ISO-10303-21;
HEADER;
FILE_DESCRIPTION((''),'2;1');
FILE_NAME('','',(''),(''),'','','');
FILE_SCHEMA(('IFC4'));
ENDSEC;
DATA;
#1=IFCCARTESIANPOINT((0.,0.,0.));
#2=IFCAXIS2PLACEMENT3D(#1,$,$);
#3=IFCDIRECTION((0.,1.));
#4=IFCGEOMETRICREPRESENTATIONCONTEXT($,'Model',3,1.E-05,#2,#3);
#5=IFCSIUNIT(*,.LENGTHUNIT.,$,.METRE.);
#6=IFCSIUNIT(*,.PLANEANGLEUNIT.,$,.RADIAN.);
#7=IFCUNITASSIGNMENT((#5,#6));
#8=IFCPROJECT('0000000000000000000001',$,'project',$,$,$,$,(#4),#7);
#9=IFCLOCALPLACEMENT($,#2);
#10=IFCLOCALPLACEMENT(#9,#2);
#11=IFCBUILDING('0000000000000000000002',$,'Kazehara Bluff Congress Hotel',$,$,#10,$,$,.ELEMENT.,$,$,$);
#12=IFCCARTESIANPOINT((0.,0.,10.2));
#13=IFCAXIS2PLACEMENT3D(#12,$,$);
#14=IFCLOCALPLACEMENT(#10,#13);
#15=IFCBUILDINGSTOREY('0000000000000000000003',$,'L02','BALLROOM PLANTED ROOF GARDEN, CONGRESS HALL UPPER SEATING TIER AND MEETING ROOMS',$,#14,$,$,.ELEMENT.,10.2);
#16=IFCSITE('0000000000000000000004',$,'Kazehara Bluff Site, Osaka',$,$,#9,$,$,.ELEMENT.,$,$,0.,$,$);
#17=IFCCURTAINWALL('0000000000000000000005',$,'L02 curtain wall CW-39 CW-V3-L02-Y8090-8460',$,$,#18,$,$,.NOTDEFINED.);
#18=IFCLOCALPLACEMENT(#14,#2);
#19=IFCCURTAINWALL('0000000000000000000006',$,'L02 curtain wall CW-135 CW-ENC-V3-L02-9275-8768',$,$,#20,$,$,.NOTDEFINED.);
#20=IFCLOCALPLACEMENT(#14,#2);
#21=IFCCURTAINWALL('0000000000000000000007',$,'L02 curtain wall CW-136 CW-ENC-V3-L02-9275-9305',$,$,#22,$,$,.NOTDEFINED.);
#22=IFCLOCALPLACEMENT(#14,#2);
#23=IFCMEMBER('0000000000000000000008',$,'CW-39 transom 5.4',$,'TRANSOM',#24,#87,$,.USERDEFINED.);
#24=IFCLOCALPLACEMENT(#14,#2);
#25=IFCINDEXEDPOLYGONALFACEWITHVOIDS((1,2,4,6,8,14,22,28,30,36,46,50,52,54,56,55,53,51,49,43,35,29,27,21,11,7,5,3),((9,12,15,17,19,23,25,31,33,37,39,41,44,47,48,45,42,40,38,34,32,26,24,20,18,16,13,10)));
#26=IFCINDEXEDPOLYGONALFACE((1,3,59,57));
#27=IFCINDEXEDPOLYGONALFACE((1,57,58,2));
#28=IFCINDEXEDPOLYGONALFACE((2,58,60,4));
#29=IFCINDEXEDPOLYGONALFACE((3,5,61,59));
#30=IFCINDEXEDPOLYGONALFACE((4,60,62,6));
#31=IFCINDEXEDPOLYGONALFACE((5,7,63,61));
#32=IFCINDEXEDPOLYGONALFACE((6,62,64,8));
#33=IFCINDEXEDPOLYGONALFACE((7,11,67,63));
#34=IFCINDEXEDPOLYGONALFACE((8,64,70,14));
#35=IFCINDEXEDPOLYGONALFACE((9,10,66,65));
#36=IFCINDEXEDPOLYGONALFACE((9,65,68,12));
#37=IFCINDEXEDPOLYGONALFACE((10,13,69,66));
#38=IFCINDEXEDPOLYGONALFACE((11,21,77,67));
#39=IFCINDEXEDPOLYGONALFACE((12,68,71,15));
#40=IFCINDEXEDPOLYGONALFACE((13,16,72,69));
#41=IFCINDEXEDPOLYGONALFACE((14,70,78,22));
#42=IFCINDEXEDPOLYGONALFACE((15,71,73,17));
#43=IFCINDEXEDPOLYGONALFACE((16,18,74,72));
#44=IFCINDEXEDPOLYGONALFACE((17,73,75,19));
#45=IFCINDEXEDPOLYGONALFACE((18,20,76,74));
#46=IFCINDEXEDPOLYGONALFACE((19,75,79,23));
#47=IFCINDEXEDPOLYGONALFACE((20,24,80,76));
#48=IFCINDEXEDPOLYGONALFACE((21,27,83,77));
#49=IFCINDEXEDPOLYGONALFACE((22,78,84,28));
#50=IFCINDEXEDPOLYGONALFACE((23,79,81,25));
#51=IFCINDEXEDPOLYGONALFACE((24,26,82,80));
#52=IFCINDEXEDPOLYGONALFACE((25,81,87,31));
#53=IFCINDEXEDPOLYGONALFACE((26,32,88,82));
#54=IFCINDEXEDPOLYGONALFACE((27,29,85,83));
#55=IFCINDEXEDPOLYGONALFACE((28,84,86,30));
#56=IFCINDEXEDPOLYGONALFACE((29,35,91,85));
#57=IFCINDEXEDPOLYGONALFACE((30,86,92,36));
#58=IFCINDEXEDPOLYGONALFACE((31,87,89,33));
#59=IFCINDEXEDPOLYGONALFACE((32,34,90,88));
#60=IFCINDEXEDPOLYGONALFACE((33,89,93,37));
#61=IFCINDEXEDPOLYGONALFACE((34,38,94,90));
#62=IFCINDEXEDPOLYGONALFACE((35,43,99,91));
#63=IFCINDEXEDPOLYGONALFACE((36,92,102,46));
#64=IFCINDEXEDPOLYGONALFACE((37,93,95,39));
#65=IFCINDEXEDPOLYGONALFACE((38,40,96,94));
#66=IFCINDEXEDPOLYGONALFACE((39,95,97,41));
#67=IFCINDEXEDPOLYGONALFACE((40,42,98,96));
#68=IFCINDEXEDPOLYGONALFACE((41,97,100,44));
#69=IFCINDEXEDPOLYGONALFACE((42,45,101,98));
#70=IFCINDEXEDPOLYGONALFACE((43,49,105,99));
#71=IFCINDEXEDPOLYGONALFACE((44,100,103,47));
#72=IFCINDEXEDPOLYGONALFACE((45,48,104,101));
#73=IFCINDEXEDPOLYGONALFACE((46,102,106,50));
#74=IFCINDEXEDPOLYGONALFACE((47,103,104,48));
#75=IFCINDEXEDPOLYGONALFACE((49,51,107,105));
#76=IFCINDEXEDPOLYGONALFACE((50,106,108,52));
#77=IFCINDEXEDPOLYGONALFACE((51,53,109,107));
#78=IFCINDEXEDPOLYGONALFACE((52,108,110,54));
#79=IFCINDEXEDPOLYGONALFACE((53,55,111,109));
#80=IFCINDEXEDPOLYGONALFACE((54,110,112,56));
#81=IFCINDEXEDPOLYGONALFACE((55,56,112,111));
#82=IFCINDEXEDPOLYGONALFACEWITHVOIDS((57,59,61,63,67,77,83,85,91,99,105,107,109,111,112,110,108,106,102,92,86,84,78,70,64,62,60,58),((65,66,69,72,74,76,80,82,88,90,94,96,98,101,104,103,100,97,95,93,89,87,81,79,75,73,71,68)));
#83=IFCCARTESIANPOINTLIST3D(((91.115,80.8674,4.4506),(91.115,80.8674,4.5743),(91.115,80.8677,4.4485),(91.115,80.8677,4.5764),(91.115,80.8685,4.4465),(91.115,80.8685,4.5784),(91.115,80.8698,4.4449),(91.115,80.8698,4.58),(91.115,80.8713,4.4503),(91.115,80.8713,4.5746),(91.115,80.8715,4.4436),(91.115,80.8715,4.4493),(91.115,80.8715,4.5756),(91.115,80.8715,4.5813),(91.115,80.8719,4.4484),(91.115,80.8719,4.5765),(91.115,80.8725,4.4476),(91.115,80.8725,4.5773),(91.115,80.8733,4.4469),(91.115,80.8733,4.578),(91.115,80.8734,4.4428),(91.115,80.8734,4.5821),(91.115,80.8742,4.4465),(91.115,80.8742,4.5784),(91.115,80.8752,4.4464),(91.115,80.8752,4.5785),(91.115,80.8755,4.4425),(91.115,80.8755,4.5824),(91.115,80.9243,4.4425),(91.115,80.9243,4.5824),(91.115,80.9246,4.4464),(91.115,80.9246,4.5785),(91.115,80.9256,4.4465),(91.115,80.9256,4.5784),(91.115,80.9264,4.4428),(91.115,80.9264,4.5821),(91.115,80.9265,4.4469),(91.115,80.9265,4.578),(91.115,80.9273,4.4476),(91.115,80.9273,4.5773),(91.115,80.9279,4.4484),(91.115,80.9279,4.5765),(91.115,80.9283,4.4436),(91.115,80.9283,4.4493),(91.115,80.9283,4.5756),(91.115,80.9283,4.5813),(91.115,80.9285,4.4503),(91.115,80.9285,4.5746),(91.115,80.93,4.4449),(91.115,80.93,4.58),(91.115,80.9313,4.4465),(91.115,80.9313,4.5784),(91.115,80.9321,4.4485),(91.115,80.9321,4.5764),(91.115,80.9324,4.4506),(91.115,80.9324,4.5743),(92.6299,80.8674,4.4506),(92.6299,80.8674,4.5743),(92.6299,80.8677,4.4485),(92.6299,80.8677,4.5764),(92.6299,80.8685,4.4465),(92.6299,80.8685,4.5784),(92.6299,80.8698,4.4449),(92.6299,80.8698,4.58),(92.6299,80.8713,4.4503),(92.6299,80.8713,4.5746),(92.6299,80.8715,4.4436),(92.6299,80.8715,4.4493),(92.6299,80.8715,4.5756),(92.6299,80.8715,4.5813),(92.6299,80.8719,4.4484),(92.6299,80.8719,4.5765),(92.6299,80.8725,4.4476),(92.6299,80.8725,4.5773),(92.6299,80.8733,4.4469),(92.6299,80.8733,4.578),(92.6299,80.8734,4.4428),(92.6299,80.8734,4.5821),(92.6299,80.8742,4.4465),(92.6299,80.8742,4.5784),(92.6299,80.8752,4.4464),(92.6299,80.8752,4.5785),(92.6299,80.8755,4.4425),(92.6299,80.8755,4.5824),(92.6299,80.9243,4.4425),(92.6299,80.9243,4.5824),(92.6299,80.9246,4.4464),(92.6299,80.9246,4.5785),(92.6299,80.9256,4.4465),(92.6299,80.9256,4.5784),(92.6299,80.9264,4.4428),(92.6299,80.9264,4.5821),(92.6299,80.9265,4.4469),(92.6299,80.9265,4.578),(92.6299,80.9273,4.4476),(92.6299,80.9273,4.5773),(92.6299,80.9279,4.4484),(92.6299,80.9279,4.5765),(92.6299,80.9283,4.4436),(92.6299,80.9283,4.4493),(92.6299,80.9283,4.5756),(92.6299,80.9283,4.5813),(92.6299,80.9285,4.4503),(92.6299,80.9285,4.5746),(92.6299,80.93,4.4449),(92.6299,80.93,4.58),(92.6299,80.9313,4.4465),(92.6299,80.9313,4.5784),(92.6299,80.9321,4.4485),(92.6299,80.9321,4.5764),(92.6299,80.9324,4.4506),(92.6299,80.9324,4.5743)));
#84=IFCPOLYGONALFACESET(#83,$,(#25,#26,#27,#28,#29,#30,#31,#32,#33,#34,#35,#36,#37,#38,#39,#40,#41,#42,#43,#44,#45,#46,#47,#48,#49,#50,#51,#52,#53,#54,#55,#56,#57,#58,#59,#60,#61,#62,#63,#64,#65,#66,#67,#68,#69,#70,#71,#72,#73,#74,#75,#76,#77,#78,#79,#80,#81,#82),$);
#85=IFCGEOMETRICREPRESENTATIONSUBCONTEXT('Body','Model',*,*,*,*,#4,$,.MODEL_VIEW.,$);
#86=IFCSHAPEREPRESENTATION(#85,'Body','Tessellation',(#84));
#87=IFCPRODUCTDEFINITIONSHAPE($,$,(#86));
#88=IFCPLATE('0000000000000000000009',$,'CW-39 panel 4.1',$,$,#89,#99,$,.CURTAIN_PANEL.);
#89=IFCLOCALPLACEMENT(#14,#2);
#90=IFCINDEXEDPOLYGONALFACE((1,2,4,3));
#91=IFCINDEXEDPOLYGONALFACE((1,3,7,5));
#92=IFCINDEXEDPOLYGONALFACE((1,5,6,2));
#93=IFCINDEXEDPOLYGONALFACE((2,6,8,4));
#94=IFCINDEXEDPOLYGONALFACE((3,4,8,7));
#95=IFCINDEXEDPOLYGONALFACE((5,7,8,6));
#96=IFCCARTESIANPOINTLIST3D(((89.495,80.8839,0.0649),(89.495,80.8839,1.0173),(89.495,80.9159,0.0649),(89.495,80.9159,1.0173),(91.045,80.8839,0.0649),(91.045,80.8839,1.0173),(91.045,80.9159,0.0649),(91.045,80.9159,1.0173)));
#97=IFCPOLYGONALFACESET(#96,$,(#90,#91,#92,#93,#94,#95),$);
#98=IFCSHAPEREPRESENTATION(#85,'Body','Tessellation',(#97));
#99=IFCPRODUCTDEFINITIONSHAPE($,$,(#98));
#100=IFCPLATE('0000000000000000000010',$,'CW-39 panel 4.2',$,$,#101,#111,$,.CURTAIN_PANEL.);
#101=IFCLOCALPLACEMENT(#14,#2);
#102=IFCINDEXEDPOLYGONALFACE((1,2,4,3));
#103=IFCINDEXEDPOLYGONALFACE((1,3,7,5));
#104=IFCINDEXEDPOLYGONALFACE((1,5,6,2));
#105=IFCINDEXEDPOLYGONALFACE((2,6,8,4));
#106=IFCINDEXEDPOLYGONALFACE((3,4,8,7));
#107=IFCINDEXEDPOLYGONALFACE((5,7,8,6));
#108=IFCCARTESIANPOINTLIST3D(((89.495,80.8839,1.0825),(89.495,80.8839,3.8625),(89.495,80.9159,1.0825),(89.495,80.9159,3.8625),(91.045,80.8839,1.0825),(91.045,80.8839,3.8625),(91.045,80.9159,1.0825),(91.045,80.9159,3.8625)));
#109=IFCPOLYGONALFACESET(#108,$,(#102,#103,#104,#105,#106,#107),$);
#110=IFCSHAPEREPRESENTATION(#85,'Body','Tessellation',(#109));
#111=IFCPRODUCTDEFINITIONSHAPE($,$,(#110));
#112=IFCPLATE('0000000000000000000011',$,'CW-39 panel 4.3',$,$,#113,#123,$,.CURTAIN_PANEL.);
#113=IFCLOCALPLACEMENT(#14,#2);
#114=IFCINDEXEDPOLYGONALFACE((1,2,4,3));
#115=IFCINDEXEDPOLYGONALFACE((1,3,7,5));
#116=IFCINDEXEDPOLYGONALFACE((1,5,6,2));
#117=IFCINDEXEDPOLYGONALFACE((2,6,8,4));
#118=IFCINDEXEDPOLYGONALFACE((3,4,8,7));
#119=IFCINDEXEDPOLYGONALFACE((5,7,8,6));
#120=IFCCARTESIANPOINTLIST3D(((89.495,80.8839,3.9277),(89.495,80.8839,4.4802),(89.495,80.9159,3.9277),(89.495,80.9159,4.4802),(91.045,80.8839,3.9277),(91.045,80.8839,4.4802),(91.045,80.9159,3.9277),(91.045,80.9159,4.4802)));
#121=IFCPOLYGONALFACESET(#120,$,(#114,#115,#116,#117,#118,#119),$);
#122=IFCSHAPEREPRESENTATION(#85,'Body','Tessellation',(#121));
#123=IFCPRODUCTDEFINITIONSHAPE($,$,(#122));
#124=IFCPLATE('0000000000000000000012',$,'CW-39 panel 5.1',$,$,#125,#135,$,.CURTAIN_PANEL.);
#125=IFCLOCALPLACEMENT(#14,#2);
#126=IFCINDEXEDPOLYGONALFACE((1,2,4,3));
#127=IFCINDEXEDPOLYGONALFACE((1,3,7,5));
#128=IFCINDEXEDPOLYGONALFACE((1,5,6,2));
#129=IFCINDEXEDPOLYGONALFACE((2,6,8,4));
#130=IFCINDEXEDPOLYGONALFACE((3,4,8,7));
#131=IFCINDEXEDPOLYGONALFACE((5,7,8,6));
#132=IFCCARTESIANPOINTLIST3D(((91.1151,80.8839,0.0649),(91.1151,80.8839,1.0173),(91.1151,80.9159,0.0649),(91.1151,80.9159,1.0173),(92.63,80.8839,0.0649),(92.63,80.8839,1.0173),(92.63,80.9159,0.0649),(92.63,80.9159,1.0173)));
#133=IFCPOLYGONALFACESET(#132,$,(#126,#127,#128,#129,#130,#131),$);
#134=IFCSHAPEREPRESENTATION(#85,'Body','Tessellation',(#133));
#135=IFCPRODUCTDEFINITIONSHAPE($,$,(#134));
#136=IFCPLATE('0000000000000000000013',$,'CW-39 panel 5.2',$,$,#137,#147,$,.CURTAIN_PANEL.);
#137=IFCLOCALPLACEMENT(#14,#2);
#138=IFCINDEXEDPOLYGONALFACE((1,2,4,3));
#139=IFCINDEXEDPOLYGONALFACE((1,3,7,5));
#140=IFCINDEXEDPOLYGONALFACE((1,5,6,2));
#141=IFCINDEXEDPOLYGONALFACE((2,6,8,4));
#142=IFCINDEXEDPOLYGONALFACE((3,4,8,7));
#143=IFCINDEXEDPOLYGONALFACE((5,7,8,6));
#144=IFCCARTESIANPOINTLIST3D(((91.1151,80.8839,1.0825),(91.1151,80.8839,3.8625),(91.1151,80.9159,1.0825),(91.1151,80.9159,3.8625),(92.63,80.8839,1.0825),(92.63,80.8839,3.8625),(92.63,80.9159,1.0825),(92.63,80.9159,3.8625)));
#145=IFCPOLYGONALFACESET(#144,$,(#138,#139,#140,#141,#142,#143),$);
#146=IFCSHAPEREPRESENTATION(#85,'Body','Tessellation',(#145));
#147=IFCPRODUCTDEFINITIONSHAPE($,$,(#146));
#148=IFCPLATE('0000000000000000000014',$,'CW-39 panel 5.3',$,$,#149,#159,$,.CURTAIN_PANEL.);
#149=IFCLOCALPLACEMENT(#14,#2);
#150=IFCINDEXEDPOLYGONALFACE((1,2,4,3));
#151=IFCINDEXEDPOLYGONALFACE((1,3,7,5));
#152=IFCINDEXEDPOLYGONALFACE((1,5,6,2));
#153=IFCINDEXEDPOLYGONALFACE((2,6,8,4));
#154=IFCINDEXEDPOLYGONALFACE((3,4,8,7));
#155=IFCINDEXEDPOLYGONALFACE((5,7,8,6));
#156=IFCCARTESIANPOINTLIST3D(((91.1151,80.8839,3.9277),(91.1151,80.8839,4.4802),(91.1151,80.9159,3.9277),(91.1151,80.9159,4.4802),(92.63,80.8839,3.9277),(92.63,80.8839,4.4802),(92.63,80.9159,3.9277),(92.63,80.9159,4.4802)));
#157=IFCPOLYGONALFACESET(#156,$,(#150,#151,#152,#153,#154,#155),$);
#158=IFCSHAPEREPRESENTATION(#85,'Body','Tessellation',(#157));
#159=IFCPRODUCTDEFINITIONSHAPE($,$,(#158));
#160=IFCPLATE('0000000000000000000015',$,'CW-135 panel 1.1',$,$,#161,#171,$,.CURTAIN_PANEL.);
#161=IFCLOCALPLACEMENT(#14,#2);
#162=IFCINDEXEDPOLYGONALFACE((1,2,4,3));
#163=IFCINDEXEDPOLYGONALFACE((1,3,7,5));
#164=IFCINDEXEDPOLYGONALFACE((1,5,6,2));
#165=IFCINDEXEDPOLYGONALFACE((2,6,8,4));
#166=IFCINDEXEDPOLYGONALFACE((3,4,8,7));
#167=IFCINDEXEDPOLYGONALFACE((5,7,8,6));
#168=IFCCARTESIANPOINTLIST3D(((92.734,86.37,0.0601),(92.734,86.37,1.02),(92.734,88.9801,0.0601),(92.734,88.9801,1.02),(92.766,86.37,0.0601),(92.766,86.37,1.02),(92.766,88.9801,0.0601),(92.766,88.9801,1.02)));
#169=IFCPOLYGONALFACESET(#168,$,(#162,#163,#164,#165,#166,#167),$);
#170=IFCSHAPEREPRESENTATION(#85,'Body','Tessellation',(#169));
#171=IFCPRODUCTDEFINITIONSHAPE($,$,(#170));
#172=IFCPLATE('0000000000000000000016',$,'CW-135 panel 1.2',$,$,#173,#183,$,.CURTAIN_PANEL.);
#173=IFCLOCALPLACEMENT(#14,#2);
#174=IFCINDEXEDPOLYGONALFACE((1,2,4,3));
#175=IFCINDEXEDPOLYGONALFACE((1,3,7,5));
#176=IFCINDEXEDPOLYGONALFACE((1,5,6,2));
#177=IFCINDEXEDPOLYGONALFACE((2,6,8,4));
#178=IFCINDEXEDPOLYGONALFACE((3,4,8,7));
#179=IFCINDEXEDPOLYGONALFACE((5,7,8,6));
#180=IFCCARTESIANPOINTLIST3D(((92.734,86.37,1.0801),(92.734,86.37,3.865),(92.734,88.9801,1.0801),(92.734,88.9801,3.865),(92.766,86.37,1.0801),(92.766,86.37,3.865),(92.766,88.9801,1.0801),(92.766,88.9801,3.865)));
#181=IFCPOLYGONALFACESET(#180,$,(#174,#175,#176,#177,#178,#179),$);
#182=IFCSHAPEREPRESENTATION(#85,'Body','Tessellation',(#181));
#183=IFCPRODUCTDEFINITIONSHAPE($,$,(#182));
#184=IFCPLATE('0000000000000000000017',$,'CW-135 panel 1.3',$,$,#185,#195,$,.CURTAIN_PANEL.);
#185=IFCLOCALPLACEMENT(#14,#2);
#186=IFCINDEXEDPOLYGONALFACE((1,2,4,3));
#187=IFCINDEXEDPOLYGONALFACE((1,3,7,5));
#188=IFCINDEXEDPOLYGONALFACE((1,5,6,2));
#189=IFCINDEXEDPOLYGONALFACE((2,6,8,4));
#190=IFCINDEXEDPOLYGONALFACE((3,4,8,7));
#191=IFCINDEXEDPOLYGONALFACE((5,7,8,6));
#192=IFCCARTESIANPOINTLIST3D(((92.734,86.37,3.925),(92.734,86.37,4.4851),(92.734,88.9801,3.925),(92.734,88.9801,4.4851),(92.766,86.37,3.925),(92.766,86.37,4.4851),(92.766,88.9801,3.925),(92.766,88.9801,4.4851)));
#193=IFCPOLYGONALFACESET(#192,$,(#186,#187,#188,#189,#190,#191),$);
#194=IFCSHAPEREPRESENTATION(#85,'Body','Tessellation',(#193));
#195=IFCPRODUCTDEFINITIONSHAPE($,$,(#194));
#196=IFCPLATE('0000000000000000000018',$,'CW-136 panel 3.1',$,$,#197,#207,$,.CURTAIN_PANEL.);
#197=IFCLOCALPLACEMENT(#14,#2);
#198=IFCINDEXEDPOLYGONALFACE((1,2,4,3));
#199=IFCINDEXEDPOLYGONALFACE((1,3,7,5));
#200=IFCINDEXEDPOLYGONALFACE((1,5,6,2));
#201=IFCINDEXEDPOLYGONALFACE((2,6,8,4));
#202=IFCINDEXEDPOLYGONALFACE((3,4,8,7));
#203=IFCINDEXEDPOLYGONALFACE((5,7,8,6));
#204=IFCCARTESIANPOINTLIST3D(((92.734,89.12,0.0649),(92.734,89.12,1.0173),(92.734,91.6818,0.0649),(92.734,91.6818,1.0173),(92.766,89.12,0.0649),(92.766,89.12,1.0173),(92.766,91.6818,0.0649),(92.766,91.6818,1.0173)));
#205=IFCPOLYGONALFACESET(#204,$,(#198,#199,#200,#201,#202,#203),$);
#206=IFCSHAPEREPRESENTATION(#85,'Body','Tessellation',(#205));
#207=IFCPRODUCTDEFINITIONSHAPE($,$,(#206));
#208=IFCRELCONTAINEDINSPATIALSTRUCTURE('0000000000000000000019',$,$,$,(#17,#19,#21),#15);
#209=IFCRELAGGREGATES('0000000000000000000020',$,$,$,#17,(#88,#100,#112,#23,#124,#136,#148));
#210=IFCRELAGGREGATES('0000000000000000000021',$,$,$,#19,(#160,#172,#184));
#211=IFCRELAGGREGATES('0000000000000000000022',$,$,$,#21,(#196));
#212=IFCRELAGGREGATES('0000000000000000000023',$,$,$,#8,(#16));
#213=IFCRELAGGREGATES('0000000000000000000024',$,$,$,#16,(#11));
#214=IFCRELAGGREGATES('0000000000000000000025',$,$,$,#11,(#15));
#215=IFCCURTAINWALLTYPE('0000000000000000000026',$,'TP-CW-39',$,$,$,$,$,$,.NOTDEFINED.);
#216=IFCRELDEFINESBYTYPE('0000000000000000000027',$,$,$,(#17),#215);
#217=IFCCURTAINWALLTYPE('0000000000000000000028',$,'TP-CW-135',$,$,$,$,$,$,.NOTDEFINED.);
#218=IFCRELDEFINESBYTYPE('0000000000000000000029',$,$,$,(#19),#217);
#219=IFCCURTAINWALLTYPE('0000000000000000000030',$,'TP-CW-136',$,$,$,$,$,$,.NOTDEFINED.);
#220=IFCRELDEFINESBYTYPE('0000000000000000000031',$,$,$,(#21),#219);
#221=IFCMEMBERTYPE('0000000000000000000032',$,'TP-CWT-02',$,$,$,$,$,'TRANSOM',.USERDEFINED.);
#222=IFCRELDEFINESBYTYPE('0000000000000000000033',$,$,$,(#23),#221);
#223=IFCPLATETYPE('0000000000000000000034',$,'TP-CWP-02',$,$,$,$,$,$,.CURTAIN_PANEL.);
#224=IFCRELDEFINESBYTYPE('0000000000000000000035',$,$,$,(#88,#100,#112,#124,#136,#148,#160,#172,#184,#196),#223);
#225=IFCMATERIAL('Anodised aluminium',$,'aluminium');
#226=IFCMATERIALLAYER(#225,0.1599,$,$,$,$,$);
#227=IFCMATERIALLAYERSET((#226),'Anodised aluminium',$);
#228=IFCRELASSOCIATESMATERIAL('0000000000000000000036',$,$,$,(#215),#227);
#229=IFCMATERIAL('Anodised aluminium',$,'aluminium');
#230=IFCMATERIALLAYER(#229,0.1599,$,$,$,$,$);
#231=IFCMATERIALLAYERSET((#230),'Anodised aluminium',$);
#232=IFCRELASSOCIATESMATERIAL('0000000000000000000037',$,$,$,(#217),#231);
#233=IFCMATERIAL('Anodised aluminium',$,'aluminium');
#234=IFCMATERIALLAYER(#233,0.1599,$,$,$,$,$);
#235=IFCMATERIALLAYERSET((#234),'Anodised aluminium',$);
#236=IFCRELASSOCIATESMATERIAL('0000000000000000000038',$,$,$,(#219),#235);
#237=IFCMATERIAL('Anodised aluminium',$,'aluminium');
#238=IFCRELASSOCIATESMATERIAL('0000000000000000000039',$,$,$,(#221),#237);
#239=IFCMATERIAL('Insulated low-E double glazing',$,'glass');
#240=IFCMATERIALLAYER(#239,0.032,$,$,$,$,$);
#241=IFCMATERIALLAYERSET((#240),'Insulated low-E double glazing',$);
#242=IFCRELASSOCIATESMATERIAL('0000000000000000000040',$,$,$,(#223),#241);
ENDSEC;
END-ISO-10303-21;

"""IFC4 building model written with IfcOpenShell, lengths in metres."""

from ifc_helpers import new_model, si_unit, direction, frame, origin, origin_2d, place, context, subcontext, project, spatial, rectangle, hollow_rectangle, extrude, material, layer, layer_set, material_profile, profile_set, type_object, element, aggregate, save


model = new_model("IFC4")

# Units and contexts
model_context = context("Model", 3, precision=1e-05, world=origin(), true_north=direction((0.0, 1.0)))
body_context = subcontext(model_context, "Body", "Model", "MODEL_VIEW")
ifc_project = project(units=[si_unit("LENGTHUNIT", "METRE"), si_unit("PLANEANGLEUNIT", "RADIAN")], contexts=[model_context])

# Site, building, storey
site_placement = place(None, origin())
site = spatial("IfcSite", under=ifc_project, at=site_placement, Name="Kazehara Bluff Site, Osaka", CompositionType="ELEMENT", RefElevation=0.0)
building_placement = place(site_placement, origin())
building = spatial("IfcBuilding", under=site, at=building_placement, Name="Kazehara Bluff Congress Hotel", CompositionType="ELEMENT")
storey_placement = place(building_placement, frame((0.0, 0.0, 10.2)))
storey = spatial("IfcBuildingStorey", under=building, at=storey_placement, Name="L02", Description="BALLROOM PLANTED ROOF GARDEN, CONGRESS HALL UPPER SEATING TIER AND MEETING ROOMS", CompositionType="ELEMENT", Elevation=10.2)

# Curtain walls
ifc_material_1 = material(Name="Anodised aluminium", Category="aluminium")
ifc_layer_1 = layer(ifc_material_1, 0.1599)
ifc_layer_set_1 = layer_set([ifc_layer_1], Name="Anodised aluminium")
curtain_wall_type_1 = type_object("IfcCurtainWallType", Name="TP-CW-39", PredefinedType="NOTDEFINED", material=ifc_layer_set_1)
curtain_wall_1_placement = place(storey_placement, origin())
curtain_wall_1 = element("IfcCurtainWall", 1, at=curtain_wall_1_placement, inside=storey, type_object=curtain_wall_type_1, Name="L02 curtain wall CW-39 CW-V3-L02-Y8090-8460", PredefinedType="NOTDEFINED")
ifc_material_2 = material(Name="Anodised aluminium", Category="aluminium")
ifc_layer_2 = layer(ifc_material_2, 0.1599)
ifc_layer_set_2 = layer_set([ifc_layer_2], Name="Anodised aluminium")
curtain_wall_type_2 = type_object("IfcCurtainWallType", Name="TP-CW-135", PredefinedType="NOTDEFINED", material=ifc_layer_set_2)
curtain_wall_2_placement = place(storey_placement, origin())
curtain_wall_2 = element("IfcCurtainWall", 2, at=curtain_wall_2_placement, inside=storey, type_object=curtain_wall_type_2, Name="L02 curtain wall CW-135 CW-ENC-V3-L02-9275-8768", PredefinedType="NOTDEFINED")

# Curtain wall
ifc_material_3 = material(Name="Anodised aluminium", Category="aluminium")
ifc_layer_3 = layer(ifc_material_3, 0.1599)
ifc_layer_set_3 = layer_set([ifc_layer_3], Name="Anodised aluminium")
curtain_wall_type_3 = type_object("IfcCurtainWallType", Name="TP-CW-136", PredefinedType="NOTDEFINED", material=ifc_layer_set_3)
curtain_wall_3_placement = place(storey_placement, origin())
curtain_wall_3 = element("IfcCurtainWall", 3, at=curtain_wall_3_placement, inside=storey, type_object=curtain_wall_type_3, Name="L02 curtain wall CW-136 CW-ENC-V3-L02-9275-9305", PredefinedType="NOTDEFINED")

# Member
ifc_material_4 = material(Name="Anodised aluminium", Category="aluminium")
ifc_material_profile_1 = material_profile(ifc_material_4, hollow_rectangle(XDim=0.0649, YDim=0.1399, WallThickness=0.0039, InnerFilletRadius=0.0039, OuterFilletRadius=0.0081, at=origin_2d()))
ifc_profile_set_1 = profile_set([ifc_material_profile_1], Name="Anodised aluminium")
member_type_1 = type_object("IfcMemberType", Name="TP-CWT-02", ElementType="TRANSOM", PredefinedType="USERDEFINED", material=ifc_profile_set_1)
member_1_placement = place(storey_placement, frame((91.115, 80.8999, 4.5125), z_axis=(1.0, 0.0, 0.0), x_axis=(0.0, 1.0, 0.0)))
member_1 = element("IfcMember", 4, at=member_1_placement, type_object=member_type_1, Name="CW-39 transom 5.4", ObjectType="TRANSOM", PredefinedType="USERDEFINED", context=body_context, shape_type="SweptSolid", body=[
    extrude(hollow_rectangle(XDim=0.0649, YDim=0.1399, WallThickness=0.0039, InnerFilletRadius=0.0039, OuterFilletRadius=0.0081, at=origin_2d()), origin(), (0.0, 0.0, 1.0), 1.5149),
])

# Plates
ifc_material_5 = material(Name="Insulated low-E double glazing", Category="glass")
ifc_layer_4 = layer(ifc_material_5, 0.032)
ifc_layer_set_4 = layer_set([ifc_layer_4], Name="Insulated low-E double glazing")
plate_type = type_object("IfcPlateType", Name="TP-CWP-02", PredefinedType="CURTAIN_PANEL", material=ifc_layer_set_4)
plate_1_placement = place(storey_placement, frame((90.27, 80.8999, 0.0649), z_axis=(0.0, 0.0, 1.0), x_axis=(1.0, 0.0, 0.0)))
plate_1 = element("IfcPlate", 5, at=plate_1_placement, type_object=plate_type, Name="CW-39 panel 4.1", PredefinedType="CURTAIN_PANEL", context=body_context, shape_type="SweptSolid", body=[
    extrude(rectangle(XDim=1.55, YDim=0.032, at=origin_2d()), origin(), (0.0, 0.0, 1.0), 0.9524),
])
plate_2_placement = place(storey_placement, frame((90.27, 80.8999, 1.0825), z_axis=(0.0, 0.0, 1.0), x_axis=(1.0, 0.0, 0.0)))
plate_2 = element("IfcPlate", 6, at=plate_2_placement, type_object=plate_type, Name="CW-39 panel 4.2", PredefinedType="CURTAIN_PANEL", context=body_context, shape_type="SweptSolid", body=[
    extrude(rectangle(XDim=1.55, YDim=0.032, at=origin_2d()), origin(), (0.0, 0.0, 1.0), 2.78),
])
plate_3_placement = place(storey_placement, frame((90.27, 80.8999, 3.9277), z_axis=(0.0, 0.0, 1.0), x_axis=(1.0, 0.0, 0.0)))
plate_3 = element("IfcPlate", 7, at=plate_3_placement, type_object=plate_type, Name="CW-39 panel 4.3", PredefinedType="CURTAIN_PANEL", context=body_context, shape_type="SweptSolid", body=[
    extrude(rectangle(XDim=1.55, YDim=0.032, at=origin_2d()), origin(), (0.0, 0.0, 1.0), 0.5525),
])
plate_4_placement = place(storey_placement, frame((91.8726, 80.8999, 0.0649), z_axis=(0.0, 0.0, 1.0), x_axis=(1.0, 0.0, 0.0)))
plate_4 = element("IfcPlate", 8, at=plate_4_placement, type_object=plate_type, Name="CW-39 panel 5.1", PredefinedType="CURTAIN_PANEL", context=body_context, shape_type="SweptSolid", body=[
    extrude(rectangle(XDim=1.5149, YDim=0.032, at=origin_2d()), origin(), (0.0, 0.0, 1.0), 0.9524),
])
plate_5_placement = place(storey_placement, frame((91.8726, 80.8999, 1.0825), z_axis=(0.0, 0.0, 1.0), x_axis=(1.0, 0.0, 0.0)))
plate_5 = element("IfcPlate", 9, at=plate_5_placement, type_object=plate_type, Name="CW-39 panel 5.2", PredefinedType="CURTAIN_PANEL", context=body_context, shape_type="SweptSolid", body=[
    extrude(rectangle(XDim=1.5149, YDim=0.032, at=origin_2d()), origin(), (0.0, 0.0, 1.0), 2.78),
])
plate_6_placement = place(storey_placement, frame((91.8726, 80.8999, 3.9277), z_axis=(0.0, 0.0, 1.0), x_axis=(1.0, 0.0, 0.0)))
plate_6 = element("IfcPlate", 10, at=plate_6_placement, type_object=plate_type, Name="CW-39 panel 5.3", PredefinedType="CURTAIN_PANEL", context=body_context, shape_type="SweptSolid", body=[
    extrude(rectangle(XDim=1.5149, YDim=0.032, at=origin_2d()), origin(), (0.0, 0.0, 1.0), 0.5525),
])
aggregate(curtain_wall_1, [plate_1, plate_2, plate_3, member_1, plate_4, plate_5, plate_6])
plate_7_placement = place(storey_placement, frame((92.75, 87.675, 0.0601), z_axis=(0.0, 0.0, 1.0), x_axis=(0.0, -1.0, 0.0)))
plate_7 = element("IfcPlate", 11, at=plate_7_placement, type_object=plate_type, Name="CW-135 panel 1.1", PredefinedType="CURTAIN_PANEL", context=body_context, shape_type="SweptSolid", body=[
    extrude(rectangle(XDim=2.6101, YDim=0.032, at=origin_2d()), origin(), (0.0, 0.0, 1.0), 0.96),
])
plate_8_placement = place(storey_placement, frame((92.75, 87.675, 1.0801), z_axis=(0.0, 0.0, 1.0), x_axis=(0.0, -1.0, 0.0)))
plate_8 = element("IfcPlate", 12, at=plate_8_placement, type_object=plate_type, Name="CW-135 panel 1.2", PredefinedType="CURTAIN_PANEL", context=body_context, shape_type="SweptSolid", body=[
    extrude(rectangle(XDim=2.6101, YDim=0.032, at=origin_2d()), origin(), (0.0, 0.0, 1.0), 2.7849),
])
plate_9_placement = place(storey_placement, frame((92.75, 87.675, 3.925), z_axis=(0.0, 0.0, 1.0), x_axis=(0.0, -1.0, 0.0)))
plate_9 = element("IfcPlate", 13, at=plate_9_placement, type_object=plate_type, Name="CW-135 panel 1.3", PredefinedType="CURTAIN_PANEL", context=body_context, shape_type="SweptSolid", body=[
    extrude(rectangle(XDim=2.6101, YDim=0.032, at=origin_2d()), origin(), (0.0, 0.0, 1.0), 0.5601),
])
aggregate(curtain_wall_2, [plate_7, plate_8, plate_9])
plate_10_placement = place(storey_placement, frame((92.75, 90.4009, 0.0649), z_axis=(0.0, 0.0, 1.0), x_axis=(0.0, -1.0, 0.0)))
plate_10 = element("IfcPlate", 14, at=plate_10_placement, type_object=plate_type, Name="CW-136 panel 3.1", PredefinedType="CURTAIN_PANEL", context=body_context, shape_type="SweptSolid", body=[
    extrude(rectangle(XDim=2.5618, YDim=0.032, at=origin_2d()), origin(), (0.0, 0.0, 1.0), 0.9524),
])
aggregate(curtain_wall_3, [plate_10])

save(model, "model.ifc")
